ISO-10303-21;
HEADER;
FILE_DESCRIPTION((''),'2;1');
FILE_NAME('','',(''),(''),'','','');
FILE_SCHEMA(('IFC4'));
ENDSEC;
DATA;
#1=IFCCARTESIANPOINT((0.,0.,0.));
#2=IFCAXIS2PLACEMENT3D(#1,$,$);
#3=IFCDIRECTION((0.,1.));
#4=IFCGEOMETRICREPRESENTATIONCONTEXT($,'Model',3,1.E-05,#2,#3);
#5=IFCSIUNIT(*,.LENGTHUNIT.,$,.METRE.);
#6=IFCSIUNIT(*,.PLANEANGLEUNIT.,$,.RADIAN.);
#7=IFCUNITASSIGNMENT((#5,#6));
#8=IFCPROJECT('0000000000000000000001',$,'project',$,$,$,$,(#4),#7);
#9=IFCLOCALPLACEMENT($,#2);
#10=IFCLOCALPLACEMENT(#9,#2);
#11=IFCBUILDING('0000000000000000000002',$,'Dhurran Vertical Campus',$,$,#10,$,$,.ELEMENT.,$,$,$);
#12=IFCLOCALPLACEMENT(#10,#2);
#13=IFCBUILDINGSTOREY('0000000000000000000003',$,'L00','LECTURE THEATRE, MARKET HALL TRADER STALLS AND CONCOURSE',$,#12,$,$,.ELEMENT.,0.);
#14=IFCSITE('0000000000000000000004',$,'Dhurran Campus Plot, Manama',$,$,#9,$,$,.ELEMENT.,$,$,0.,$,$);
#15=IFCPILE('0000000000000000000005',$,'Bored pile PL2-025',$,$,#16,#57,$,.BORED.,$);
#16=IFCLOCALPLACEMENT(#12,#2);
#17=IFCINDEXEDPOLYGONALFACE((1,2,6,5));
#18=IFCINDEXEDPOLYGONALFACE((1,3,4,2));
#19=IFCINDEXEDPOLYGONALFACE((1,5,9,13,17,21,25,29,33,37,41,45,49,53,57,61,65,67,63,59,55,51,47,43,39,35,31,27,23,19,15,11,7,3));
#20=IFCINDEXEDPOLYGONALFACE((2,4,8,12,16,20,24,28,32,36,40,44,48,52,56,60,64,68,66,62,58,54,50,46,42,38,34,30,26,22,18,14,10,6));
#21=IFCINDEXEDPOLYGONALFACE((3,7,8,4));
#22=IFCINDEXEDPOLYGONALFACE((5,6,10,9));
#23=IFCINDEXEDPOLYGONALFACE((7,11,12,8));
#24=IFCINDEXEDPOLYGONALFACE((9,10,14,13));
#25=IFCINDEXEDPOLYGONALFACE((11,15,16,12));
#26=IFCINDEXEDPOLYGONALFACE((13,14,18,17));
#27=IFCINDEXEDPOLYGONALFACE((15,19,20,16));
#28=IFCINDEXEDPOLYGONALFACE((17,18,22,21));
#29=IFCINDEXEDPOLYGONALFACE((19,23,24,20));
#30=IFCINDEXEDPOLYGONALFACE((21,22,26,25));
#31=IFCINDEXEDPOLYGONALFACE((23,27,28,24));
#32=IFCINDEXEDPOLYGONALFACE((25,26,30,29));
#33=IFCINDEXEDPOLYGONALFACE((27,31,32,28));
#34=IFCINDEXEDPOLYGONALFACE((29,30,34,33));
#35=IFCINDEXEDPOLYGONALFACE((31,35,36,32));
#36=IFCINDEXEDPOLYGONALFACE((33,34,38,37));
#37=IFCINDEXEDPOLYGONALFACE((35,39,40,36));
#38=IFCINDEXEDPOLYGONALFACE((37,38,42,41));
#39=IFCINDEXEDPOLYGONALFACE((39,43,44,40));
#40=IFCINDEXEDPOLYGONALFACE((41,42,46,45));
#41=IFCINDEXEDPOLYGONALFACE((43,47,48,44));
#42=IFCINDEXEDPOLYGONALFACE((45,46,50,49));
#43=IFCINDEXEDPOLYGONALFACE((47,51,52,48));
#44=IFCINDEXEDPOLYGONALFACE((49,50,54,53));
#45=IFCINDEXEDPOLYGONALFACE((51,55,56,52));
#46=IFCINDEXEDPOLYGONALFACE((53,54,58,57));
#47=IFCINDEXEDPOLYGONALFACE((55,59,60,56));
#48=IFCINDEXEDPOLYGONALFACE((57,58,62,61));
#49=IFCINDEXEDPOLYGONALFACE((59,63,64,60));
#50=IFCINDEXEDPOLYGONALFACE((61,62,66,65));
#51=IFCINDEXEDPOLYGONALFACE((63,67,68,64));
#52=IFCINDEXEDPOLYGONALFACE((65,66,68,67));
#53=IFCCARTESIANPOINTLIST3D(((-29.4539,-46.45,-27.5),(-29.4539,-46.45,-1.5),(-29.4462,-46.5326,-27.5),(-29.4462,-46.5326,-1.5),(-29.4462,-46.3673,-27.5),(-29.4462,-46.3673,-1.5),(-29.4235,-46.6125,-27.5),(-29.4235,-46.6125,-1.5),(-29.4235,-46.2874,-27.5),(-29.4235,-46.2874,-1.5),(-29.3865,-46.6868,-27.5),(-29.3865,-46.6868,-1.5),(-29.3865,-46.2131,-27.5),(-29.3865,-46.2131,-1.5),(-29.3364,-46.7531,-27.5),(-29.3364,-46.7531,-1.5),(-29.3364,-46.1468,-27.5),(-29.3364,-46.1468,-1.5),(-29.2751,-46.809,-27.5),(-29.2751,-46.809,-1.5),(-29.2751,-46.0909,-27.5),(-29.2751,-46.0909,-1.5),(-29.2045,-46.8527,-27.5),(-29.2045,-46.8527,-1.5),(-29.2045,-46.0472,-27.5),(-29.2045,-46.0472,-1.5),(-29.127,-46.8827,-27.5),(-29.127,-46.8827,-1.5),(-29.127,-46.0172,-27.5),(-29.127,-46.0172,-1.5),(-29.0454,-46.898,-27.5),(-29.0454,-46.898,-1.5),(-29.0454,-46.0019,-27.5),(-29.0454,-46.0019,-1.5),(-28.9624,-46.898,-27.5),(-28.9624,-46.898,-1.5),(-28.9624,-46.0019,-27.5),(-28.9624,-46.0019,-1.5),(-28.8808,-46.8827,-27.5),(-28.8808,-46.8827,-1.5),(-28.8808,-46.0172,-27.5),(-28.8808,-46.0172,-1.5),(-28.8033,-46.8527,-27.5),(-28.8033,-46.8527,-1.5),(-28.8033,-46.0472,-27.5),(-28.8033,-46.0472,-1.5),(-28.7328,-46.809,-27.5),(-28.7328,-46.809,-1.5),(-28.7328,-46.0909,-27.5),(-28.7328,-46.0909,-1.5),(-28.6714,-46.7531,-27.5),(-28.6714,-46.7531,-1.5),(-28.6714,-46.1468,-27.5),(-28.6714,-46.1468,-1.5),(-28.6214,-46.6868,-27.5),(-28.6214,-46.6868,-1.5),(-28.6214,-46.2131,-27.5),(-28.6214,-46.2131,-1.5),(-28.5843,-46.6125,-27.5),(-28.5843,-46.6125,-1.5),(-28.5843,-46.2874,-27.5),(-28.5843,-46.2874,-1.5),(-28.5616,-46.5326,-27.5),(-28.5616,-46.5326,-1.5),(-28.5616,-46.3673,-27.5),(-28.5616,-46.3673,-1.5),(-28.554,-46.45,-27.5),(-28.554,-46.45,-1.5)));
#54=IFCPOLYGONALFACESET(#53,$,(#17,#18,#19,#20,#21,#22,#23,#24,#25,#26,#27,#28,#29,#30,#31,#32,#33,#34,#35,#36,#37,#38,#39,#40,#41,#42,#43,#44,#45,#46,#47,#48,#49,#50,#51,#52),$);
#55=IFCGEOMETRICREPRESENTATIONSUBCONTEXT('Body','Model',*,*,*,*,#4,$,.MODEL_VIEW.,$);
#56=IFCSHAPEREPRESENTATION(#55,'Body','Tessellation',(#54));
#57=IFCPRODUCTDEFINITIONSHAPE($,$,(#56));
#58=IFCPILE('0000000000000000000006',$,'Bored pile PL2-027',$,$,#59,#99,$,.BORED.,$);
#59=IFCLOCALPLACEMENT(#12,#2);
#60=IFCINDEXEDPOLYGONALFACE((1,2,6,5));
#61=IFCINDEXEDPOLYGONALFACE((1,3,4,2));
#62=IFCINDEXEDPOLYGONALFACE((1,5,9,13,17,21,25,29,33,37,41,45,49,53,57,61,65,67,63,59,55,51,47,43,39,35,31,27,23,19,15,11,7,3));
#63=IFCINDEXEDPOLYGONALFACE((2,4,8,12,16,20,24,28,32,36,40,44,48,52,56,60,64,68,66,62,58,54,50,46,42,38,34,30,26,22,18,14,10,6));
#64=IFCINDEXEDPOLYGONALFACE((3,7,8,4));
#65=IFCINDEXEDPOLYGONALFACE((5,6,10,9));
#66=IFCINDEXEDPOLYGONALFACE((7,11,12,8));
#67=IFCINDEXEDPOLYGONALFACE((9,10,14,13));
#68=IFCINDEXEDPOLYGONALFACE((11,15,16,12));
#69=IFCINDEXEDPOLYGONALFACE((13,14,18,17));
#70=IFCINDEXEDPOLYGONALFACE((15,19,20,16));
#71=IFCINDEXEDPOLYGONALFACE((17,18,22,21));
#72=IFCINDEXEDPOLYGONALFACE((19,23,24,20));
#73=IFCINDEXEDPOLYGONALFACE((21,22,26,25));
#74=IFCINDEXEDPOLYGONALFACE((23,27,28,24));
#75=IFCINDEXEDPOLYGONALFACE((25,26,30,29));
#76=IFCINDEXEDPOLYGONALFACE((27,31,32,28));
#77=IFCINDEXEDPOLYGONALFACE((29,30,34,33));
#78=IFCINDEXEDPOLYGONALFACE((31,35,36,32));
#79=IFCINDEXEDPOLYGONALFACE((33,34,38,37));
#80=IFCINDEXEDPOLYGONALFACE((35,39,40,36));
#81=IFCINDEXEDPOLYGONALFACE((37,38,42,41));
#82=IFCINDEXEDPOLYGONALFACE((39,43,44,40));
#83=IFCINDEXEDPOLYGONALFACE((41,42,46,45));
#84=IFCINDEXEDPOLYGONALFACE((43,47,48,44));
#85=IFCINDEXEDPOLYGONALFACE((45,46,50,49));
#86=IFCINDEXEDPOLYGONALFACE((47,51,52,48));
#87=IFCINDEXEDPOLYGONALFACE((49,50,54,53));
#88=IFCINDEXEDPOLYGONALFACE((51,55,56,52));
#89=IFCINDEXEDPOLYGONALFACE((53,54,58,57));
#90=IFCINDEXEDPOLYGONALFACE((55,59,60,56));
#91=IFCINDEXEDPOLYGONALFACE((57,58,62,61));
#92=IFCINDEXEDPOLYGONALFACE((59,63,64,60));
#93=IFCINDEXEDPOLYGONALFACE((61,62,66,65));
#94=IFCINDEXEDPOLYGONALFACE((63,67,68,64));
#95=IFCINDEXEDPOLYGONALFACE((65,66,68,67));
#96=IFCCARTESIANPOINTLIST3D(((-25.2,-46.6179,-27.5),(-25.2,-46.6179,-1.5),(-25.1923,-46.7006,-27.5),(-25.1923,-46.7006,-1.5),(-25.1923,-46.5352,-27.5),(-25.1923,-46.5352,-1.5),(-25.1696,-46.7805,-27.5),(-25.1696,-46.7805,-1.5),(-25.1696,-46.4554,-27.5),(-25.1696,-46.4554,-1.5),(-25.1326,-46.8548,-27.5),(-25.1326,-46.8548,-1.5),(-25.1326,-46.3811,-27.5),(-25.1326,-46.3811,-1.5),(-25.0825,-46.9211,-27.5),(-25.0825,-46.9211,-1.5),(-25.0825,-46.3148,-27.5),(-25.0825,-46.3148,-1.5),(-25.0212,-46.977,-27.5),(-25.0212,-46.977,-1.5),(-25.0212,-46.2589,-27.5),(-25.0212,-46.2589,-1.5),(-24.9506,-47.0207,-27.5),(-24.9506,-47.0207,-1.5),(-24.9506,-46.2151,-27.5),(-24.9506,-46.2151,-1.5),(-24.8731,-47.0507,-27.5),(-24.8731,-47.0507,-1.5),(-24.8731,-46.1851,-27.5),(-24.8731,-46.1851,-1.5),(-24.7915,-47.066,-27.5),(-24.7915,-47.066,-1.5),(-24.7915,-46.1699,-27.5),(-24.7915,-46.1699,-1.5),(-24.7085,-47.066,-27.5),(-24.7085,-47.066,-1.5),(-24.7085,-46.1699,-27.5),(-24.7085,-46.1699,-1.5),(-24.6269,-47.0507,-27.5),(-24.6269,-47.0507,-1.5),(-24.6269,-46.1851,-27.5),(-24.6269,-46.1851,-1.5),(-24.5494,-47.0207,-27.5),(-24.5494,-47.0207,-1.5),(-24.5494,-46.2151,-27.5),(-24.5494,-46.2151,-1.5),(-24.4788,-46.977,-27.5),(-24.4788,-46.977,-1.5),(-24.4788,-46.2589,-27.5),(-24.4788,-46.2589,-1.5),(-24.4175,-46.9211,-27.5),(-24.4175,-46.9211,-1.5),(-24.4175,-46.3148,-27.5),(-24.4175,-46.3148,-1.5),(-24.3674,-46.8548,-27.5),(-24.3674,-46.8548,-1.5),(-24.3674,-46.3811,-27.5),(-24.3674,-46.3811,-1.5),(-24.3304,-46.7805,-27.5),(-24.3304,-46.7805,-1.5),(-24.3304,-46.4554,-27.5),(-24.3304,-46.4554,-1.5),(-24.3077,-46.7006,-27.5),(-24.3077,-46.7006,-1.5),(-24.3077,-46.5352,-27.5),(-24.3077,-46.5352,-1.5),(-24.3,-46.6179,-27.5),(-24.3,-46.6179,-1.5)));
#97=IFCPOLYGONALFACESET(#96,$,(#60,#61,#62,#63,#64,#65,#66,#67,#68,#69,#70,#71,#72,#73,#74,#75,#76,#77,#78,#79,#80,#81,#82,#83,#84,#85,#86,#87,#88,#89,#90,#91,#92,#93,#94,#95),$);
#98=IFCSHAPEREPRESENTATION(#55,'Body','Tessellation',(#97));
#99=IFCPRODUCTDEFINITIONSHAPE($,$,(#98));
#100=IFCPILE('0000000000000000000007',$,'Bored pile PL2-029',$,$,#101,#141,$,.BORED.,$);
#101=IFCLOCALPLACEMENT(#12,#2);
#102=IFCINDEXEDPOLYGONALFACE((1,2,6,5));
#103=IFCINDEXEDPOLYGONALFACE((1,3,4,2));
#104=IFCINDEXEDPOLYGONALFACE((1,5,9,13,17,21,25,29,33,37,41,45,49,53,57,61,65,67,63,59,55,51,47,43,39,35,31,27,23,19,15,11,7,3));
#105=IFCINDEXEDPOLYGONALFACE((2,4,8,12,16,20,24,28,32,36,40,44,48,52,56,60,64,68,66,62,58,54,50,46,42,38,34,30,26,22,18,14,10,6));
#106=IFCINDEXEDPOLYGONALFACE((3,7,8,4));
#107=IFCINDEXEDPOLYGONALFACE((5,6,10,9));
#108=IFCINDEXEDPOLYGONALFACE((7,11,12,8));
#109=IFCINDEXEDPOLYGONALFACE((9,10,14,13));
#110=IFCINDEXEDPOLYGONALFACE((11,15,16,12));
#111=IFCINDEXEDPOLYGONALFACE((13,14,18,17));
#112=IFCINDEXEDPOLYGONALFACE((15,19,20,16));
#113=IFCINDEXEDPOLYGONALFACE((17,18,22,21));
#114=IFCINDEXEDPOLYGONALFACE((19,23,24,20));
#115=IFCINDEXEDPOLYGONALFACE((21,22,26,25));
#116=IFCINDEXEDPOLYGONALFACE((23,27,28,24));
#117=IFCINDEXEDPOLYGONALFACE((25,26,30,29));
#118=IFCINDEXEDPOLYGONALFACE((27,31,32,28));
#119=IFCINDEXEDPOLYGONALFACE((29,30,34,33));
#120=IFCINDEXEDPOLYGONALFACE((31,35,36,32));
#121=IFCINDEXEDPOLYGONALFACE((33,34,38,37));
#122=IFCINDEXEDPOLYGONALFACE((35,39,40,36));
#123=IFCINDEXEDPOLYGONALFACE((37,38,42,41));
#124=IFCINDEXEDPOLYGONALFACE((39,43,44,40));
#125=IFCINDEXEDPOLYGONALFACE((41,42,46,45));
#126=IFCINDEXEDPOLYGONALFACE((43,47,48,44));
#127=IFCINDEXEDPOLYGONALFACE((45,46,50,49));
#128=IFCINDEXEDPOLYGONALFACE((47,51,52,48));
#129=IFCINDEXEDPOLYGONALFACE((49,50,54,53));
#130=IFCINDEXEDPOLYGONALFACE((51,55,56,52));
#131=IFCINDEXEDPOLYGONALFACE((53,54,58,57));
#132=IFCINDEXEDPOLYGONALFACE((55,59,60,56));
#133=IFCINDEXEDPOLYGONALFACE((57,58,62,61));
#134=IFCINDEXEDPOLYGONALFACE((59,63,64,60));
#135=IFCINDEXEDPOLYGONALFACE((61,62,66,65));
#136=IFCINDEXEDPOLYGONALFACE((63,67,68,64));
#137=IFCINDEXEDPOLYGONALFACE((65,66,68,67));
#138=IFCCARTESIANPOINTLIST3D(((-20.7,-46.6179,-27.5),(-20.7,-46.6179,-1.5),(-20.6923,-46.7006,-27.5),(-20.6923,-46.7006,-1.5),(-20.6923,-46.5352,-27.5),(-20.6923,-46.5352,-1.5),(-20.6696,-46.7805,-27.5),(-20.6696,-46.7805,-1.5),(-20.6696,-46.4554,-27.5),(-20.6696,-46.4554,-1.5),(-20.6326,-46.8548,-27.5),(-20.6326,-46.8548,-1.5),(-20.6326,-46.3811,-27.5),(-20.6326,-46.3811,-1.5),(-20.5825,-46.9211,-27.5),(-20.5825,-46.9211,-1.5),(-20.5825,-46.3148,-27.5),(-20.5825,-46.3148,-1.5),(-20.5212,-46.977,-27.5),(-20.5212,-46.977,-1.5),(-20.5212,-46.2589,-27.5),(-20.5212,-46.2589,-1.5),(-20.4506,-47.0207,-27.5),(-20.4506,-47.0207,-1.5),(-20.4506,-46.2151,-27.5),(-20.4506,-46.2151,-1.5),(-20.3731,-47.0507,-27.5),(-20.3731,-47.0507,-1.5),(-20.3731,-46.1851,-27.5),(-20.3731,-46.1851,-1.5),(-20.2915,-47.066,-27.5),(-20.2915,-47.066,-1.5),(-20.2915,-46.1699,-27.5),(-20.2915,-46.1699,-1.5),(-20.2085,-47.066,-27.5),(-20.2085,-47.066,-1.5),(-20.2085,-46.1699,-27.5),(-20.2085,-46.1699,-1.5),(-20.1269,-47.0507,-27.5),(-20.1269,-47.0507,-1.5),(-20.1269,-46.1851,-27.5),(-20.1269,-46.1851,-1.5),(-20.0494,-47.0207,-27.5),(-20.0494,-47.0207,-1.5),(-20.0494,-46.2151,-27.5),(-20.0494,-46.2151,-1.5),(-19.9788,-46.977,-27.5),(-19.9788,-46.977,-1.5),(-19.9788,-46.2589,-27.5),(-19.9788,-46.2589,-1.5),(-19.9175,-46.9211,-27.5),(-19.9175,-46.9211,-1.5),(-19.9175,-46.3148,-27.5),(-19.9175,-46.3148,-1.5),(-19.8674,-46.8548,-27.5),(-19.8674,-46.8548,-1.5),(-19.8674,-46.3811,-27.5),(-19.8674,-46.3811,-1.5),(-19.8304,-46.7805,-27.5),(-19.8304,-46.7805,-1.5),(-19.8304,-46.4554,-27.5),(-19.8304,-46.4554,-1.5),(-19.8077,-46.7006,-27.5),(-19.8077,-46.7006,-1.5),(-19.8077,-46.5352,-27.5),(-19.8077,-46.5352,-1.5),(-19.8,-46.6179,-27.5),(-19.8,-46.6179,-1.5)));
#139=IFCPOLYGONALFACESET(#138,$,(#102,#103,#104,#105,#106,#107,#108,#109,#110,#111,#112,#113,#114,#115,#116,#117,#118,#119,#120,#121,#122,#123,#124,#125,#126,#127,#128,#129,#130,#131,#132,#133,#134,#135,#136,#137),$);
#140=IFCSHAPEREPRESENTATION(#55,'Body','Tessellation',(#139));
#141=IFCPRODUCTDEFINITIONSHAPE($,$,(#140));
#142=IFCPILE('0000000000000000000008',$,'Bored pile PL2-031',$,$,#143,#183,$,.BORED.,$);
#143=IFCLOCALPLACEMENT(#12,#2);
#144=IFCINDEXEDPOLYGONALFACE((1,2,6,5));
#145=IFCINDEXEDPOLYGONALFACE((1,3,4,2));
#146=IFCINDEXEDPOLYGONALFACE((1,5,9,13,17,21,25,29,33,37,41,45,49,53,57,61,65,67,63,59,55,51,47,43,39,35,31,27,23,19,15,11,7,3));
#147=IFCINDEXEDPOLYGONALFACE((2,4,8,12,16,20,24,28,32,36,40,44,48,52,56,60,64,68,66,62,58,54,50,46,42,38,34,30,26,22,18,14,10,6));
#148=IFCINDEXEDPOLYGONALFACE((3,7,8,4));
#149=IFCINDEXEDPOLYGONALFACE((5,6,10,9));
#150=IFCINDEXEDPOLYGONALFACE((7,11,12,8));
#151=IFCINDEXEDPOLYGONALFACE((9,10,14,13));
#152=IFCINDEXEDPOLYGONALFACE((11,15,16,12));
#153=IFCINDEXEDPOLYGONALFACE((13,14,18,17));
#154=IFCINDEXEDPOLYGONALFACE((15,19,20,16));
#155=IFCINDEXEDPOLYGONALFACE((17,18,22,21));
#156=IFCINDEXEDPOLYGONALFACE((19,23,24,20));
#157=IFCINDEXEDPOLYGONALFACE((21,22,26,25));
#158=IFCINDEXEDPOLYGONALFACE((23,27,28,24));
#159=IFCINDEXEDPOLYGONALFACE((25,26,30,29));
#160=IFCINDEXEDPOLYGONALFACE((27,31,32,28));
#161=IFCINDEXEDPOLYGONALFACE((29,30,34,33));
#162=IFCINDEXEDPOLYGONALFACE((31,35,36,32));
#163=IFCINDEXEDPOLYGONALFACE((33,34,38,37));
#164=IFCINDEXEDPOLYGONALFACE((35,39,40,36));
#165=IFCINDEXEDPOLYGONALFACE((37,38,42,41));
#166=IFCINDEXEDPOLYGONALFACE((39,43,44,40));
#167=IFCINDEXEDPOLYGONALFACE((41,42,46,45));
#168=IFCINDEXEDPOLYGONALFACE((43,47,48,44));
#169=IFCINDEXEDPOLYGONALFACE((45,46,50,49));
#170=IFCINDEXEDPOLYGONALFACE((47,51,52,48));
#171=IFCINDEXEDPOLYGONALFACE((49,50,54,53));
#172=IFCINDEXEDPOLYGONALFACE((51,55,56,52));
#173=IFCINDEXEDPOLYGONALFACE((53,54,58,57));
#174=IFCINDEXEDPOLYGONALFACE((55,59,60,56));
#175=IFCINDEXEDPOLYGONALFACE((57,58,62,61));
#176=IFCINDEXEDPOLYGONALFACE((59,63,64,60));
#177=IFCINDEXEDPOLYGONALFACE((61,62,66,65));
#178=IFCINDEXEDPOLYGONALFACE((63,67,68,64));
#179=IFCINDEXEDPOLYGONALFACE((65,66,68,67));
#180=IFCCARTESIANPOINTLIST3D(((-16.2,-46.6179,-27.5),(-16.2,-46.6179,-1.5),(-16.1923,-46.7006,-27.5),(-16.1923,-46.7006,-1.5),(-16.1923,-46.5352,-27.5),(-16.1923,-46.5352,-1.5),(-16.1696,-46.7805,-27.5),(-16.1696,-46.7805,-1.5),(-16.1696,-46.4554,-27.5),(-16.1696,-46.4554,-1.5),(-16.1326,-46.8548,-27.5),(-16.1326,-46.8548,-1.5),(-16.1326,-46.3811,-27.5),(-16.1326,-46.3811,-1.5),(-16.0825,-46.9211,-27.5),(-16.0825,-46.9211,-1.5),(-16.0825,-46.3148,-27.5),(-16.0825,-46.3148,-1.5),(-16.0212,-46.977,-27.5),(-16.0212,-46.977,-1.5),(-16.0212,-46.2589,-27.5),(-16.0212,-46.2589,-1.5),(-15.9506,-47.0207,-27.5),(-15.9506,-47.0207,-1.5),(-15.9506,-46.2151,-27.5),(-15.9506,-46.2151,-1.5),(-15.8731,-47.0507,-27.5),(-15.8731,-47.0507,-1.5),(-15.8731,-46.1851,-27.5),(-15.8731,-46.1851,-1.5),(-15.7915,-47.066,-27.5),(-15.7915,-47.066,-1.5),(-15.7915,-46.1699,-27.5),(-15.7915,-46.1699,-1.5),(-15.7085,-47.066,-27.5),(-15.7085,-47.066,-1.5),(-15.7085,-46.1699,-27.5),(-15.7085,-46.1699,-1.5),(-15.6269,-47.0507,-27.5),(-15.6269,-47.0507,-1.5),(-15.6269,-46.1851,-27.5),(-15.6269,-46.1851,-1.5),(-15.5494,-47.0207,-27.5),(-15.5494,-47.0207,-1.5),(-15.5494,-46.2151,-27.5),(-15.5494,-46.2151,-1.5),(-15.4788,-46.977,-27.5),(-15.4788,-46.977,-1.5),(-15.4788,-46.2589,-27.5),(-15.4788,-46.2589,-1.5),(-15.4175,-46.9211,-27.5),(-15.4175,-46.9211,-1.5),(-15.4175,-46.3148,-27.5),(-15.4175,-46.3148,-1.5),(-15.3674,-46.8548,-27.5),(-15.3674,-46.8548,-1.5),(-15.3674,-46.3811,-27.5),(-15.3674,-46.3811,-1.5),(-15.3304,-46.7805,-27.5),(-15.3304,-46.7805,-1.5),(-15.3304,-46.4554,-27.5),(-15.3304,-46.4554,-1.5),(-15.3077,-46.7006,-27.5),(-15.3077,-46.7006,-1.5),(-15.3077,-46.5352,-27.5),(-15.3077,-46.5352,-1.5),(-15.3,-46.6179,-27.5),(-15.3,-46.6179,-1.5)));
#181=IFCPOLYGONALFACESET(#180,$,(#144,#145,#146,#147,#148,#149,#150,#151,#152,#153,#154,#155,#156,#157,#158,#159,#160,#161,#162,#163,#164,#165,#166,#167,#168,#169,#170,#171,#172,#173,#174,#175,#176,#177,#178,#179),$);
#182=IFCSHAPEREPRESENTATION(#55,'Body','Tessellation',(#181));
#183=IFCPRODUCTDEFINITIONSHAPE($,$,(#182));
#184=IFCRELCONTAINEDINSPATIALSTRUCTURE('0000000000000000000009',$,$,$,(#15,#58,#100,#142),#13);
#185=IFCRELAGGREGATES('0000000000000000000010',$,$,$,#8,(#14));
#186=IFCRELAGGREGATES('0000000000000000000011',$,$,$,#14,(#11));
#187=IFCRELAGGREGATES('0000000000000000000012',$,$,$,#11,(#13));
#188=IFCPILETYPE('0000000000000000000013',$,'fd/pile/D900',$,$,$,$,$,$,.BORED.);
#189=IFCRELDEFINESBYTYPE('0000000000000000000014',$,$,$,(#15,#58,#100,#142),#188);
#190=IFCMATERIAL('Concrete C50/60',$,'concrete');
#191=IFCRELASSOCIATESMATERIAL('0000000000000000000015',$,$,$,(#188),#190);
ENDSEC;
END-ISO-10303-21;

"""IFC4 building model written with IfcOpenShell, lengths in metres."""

from ifc_helpers import new_model, si_unit, direction, frame, origin, origin_2d, place, context, subcontext, project, spatial, circle, extrude, material, material_profile, profile_set, type_object, element, save


model = new_model("IFC4")

# Units and contexts
model_context = context("Model", 3, precision=1e-05, world=origin(), true_north=direction((0.0, 1.0)))
body_context = subcontext(model_context, "Body", "Model", "MODEL_VIEW")
ifc_project = project(units=[si_unit("LENGTHUNIT", "METRE"), si_unit("PLANEANGLEUNIT", "RADIAN")], contexts=[model_context])

# Site, building, storey
site_placement = place(None, origin())
site = spatial("IfcSite", under=ifc_project, at=site_placement, Name="Dhurran Campus Plot, Manama", CompositionType="ELEMENT", RefElevation=0.0)
building_placement = place(site_placement, origin())
building = spatial("IfcBuilding", under=site, at=building_placement, Name="Dhurran Vertical Campus", CompositionType="ELEMENT")
storey_placement = place(building_placement, origin())
storey = spatial("IfcBuildingStorey", under=building, at=storey_placement, Name="L00", Description="LECTURE THEATRE, MARKET HALL TRADER STALLS AND CONCOURSE", CompositionType="ELEMENT", Elevation=0.0)

# Piles
ifc_material_1 = material(Name="Concrete C50/60", Category="concrete")
ifc_material_profile_1 = material_profile(ifc_material_1, circle(Radius=0.45, at=origin_2d()), Name="fd/pile/D900")
ifc_profile_set_1 = profile_set([ifc_material_profile_1], Name="Concrete C50/60")
pile_type = type_object("IfcPileType", Name="fd/pile/D900", PredefinedType="BORED", material=ifc_profile_set_1)
for number, where, z_axis, x_axis, name in (
    (1, (-29.0039, -46.45, -1.5), (0.0, 0.0, -1.0), (1.0, 0.0, 0.0), "Bored pile PL2-025"),
    (2, (-24.75, -46.6179, -1.5), (0.0, 0.0, -1.0), (1.0, 0.0, 0.0), "Bored pile PL2-027"),
    (3, (-20.25, -46.6179, -1.5), (0.0, 0.0, -1.0), (1.0, 0.0, 0.0), "Bored pile PL2-029"),
    (4, (-15.75, -46.6179, -1.5), (0.0, 0.0, -1.0), (1.0, 0.0, 0.0), "Bored pile PL2-031"),
):
    element("IfcPile", number, at=place(storey_placement, frame(where, z_axis=z_axis, x_axis=x_axis)), inside=storey, type_object=pile_type, Name=name, PredefinedType="BORED", context=body_context, shape_type="SweptSolid", body=[
        extrude(circle(Radius=0.45, at=origin_2d()), origin(), (0.0, 0.0, 1.0), 26.0),
    ])

save(model, "model.ifc")
